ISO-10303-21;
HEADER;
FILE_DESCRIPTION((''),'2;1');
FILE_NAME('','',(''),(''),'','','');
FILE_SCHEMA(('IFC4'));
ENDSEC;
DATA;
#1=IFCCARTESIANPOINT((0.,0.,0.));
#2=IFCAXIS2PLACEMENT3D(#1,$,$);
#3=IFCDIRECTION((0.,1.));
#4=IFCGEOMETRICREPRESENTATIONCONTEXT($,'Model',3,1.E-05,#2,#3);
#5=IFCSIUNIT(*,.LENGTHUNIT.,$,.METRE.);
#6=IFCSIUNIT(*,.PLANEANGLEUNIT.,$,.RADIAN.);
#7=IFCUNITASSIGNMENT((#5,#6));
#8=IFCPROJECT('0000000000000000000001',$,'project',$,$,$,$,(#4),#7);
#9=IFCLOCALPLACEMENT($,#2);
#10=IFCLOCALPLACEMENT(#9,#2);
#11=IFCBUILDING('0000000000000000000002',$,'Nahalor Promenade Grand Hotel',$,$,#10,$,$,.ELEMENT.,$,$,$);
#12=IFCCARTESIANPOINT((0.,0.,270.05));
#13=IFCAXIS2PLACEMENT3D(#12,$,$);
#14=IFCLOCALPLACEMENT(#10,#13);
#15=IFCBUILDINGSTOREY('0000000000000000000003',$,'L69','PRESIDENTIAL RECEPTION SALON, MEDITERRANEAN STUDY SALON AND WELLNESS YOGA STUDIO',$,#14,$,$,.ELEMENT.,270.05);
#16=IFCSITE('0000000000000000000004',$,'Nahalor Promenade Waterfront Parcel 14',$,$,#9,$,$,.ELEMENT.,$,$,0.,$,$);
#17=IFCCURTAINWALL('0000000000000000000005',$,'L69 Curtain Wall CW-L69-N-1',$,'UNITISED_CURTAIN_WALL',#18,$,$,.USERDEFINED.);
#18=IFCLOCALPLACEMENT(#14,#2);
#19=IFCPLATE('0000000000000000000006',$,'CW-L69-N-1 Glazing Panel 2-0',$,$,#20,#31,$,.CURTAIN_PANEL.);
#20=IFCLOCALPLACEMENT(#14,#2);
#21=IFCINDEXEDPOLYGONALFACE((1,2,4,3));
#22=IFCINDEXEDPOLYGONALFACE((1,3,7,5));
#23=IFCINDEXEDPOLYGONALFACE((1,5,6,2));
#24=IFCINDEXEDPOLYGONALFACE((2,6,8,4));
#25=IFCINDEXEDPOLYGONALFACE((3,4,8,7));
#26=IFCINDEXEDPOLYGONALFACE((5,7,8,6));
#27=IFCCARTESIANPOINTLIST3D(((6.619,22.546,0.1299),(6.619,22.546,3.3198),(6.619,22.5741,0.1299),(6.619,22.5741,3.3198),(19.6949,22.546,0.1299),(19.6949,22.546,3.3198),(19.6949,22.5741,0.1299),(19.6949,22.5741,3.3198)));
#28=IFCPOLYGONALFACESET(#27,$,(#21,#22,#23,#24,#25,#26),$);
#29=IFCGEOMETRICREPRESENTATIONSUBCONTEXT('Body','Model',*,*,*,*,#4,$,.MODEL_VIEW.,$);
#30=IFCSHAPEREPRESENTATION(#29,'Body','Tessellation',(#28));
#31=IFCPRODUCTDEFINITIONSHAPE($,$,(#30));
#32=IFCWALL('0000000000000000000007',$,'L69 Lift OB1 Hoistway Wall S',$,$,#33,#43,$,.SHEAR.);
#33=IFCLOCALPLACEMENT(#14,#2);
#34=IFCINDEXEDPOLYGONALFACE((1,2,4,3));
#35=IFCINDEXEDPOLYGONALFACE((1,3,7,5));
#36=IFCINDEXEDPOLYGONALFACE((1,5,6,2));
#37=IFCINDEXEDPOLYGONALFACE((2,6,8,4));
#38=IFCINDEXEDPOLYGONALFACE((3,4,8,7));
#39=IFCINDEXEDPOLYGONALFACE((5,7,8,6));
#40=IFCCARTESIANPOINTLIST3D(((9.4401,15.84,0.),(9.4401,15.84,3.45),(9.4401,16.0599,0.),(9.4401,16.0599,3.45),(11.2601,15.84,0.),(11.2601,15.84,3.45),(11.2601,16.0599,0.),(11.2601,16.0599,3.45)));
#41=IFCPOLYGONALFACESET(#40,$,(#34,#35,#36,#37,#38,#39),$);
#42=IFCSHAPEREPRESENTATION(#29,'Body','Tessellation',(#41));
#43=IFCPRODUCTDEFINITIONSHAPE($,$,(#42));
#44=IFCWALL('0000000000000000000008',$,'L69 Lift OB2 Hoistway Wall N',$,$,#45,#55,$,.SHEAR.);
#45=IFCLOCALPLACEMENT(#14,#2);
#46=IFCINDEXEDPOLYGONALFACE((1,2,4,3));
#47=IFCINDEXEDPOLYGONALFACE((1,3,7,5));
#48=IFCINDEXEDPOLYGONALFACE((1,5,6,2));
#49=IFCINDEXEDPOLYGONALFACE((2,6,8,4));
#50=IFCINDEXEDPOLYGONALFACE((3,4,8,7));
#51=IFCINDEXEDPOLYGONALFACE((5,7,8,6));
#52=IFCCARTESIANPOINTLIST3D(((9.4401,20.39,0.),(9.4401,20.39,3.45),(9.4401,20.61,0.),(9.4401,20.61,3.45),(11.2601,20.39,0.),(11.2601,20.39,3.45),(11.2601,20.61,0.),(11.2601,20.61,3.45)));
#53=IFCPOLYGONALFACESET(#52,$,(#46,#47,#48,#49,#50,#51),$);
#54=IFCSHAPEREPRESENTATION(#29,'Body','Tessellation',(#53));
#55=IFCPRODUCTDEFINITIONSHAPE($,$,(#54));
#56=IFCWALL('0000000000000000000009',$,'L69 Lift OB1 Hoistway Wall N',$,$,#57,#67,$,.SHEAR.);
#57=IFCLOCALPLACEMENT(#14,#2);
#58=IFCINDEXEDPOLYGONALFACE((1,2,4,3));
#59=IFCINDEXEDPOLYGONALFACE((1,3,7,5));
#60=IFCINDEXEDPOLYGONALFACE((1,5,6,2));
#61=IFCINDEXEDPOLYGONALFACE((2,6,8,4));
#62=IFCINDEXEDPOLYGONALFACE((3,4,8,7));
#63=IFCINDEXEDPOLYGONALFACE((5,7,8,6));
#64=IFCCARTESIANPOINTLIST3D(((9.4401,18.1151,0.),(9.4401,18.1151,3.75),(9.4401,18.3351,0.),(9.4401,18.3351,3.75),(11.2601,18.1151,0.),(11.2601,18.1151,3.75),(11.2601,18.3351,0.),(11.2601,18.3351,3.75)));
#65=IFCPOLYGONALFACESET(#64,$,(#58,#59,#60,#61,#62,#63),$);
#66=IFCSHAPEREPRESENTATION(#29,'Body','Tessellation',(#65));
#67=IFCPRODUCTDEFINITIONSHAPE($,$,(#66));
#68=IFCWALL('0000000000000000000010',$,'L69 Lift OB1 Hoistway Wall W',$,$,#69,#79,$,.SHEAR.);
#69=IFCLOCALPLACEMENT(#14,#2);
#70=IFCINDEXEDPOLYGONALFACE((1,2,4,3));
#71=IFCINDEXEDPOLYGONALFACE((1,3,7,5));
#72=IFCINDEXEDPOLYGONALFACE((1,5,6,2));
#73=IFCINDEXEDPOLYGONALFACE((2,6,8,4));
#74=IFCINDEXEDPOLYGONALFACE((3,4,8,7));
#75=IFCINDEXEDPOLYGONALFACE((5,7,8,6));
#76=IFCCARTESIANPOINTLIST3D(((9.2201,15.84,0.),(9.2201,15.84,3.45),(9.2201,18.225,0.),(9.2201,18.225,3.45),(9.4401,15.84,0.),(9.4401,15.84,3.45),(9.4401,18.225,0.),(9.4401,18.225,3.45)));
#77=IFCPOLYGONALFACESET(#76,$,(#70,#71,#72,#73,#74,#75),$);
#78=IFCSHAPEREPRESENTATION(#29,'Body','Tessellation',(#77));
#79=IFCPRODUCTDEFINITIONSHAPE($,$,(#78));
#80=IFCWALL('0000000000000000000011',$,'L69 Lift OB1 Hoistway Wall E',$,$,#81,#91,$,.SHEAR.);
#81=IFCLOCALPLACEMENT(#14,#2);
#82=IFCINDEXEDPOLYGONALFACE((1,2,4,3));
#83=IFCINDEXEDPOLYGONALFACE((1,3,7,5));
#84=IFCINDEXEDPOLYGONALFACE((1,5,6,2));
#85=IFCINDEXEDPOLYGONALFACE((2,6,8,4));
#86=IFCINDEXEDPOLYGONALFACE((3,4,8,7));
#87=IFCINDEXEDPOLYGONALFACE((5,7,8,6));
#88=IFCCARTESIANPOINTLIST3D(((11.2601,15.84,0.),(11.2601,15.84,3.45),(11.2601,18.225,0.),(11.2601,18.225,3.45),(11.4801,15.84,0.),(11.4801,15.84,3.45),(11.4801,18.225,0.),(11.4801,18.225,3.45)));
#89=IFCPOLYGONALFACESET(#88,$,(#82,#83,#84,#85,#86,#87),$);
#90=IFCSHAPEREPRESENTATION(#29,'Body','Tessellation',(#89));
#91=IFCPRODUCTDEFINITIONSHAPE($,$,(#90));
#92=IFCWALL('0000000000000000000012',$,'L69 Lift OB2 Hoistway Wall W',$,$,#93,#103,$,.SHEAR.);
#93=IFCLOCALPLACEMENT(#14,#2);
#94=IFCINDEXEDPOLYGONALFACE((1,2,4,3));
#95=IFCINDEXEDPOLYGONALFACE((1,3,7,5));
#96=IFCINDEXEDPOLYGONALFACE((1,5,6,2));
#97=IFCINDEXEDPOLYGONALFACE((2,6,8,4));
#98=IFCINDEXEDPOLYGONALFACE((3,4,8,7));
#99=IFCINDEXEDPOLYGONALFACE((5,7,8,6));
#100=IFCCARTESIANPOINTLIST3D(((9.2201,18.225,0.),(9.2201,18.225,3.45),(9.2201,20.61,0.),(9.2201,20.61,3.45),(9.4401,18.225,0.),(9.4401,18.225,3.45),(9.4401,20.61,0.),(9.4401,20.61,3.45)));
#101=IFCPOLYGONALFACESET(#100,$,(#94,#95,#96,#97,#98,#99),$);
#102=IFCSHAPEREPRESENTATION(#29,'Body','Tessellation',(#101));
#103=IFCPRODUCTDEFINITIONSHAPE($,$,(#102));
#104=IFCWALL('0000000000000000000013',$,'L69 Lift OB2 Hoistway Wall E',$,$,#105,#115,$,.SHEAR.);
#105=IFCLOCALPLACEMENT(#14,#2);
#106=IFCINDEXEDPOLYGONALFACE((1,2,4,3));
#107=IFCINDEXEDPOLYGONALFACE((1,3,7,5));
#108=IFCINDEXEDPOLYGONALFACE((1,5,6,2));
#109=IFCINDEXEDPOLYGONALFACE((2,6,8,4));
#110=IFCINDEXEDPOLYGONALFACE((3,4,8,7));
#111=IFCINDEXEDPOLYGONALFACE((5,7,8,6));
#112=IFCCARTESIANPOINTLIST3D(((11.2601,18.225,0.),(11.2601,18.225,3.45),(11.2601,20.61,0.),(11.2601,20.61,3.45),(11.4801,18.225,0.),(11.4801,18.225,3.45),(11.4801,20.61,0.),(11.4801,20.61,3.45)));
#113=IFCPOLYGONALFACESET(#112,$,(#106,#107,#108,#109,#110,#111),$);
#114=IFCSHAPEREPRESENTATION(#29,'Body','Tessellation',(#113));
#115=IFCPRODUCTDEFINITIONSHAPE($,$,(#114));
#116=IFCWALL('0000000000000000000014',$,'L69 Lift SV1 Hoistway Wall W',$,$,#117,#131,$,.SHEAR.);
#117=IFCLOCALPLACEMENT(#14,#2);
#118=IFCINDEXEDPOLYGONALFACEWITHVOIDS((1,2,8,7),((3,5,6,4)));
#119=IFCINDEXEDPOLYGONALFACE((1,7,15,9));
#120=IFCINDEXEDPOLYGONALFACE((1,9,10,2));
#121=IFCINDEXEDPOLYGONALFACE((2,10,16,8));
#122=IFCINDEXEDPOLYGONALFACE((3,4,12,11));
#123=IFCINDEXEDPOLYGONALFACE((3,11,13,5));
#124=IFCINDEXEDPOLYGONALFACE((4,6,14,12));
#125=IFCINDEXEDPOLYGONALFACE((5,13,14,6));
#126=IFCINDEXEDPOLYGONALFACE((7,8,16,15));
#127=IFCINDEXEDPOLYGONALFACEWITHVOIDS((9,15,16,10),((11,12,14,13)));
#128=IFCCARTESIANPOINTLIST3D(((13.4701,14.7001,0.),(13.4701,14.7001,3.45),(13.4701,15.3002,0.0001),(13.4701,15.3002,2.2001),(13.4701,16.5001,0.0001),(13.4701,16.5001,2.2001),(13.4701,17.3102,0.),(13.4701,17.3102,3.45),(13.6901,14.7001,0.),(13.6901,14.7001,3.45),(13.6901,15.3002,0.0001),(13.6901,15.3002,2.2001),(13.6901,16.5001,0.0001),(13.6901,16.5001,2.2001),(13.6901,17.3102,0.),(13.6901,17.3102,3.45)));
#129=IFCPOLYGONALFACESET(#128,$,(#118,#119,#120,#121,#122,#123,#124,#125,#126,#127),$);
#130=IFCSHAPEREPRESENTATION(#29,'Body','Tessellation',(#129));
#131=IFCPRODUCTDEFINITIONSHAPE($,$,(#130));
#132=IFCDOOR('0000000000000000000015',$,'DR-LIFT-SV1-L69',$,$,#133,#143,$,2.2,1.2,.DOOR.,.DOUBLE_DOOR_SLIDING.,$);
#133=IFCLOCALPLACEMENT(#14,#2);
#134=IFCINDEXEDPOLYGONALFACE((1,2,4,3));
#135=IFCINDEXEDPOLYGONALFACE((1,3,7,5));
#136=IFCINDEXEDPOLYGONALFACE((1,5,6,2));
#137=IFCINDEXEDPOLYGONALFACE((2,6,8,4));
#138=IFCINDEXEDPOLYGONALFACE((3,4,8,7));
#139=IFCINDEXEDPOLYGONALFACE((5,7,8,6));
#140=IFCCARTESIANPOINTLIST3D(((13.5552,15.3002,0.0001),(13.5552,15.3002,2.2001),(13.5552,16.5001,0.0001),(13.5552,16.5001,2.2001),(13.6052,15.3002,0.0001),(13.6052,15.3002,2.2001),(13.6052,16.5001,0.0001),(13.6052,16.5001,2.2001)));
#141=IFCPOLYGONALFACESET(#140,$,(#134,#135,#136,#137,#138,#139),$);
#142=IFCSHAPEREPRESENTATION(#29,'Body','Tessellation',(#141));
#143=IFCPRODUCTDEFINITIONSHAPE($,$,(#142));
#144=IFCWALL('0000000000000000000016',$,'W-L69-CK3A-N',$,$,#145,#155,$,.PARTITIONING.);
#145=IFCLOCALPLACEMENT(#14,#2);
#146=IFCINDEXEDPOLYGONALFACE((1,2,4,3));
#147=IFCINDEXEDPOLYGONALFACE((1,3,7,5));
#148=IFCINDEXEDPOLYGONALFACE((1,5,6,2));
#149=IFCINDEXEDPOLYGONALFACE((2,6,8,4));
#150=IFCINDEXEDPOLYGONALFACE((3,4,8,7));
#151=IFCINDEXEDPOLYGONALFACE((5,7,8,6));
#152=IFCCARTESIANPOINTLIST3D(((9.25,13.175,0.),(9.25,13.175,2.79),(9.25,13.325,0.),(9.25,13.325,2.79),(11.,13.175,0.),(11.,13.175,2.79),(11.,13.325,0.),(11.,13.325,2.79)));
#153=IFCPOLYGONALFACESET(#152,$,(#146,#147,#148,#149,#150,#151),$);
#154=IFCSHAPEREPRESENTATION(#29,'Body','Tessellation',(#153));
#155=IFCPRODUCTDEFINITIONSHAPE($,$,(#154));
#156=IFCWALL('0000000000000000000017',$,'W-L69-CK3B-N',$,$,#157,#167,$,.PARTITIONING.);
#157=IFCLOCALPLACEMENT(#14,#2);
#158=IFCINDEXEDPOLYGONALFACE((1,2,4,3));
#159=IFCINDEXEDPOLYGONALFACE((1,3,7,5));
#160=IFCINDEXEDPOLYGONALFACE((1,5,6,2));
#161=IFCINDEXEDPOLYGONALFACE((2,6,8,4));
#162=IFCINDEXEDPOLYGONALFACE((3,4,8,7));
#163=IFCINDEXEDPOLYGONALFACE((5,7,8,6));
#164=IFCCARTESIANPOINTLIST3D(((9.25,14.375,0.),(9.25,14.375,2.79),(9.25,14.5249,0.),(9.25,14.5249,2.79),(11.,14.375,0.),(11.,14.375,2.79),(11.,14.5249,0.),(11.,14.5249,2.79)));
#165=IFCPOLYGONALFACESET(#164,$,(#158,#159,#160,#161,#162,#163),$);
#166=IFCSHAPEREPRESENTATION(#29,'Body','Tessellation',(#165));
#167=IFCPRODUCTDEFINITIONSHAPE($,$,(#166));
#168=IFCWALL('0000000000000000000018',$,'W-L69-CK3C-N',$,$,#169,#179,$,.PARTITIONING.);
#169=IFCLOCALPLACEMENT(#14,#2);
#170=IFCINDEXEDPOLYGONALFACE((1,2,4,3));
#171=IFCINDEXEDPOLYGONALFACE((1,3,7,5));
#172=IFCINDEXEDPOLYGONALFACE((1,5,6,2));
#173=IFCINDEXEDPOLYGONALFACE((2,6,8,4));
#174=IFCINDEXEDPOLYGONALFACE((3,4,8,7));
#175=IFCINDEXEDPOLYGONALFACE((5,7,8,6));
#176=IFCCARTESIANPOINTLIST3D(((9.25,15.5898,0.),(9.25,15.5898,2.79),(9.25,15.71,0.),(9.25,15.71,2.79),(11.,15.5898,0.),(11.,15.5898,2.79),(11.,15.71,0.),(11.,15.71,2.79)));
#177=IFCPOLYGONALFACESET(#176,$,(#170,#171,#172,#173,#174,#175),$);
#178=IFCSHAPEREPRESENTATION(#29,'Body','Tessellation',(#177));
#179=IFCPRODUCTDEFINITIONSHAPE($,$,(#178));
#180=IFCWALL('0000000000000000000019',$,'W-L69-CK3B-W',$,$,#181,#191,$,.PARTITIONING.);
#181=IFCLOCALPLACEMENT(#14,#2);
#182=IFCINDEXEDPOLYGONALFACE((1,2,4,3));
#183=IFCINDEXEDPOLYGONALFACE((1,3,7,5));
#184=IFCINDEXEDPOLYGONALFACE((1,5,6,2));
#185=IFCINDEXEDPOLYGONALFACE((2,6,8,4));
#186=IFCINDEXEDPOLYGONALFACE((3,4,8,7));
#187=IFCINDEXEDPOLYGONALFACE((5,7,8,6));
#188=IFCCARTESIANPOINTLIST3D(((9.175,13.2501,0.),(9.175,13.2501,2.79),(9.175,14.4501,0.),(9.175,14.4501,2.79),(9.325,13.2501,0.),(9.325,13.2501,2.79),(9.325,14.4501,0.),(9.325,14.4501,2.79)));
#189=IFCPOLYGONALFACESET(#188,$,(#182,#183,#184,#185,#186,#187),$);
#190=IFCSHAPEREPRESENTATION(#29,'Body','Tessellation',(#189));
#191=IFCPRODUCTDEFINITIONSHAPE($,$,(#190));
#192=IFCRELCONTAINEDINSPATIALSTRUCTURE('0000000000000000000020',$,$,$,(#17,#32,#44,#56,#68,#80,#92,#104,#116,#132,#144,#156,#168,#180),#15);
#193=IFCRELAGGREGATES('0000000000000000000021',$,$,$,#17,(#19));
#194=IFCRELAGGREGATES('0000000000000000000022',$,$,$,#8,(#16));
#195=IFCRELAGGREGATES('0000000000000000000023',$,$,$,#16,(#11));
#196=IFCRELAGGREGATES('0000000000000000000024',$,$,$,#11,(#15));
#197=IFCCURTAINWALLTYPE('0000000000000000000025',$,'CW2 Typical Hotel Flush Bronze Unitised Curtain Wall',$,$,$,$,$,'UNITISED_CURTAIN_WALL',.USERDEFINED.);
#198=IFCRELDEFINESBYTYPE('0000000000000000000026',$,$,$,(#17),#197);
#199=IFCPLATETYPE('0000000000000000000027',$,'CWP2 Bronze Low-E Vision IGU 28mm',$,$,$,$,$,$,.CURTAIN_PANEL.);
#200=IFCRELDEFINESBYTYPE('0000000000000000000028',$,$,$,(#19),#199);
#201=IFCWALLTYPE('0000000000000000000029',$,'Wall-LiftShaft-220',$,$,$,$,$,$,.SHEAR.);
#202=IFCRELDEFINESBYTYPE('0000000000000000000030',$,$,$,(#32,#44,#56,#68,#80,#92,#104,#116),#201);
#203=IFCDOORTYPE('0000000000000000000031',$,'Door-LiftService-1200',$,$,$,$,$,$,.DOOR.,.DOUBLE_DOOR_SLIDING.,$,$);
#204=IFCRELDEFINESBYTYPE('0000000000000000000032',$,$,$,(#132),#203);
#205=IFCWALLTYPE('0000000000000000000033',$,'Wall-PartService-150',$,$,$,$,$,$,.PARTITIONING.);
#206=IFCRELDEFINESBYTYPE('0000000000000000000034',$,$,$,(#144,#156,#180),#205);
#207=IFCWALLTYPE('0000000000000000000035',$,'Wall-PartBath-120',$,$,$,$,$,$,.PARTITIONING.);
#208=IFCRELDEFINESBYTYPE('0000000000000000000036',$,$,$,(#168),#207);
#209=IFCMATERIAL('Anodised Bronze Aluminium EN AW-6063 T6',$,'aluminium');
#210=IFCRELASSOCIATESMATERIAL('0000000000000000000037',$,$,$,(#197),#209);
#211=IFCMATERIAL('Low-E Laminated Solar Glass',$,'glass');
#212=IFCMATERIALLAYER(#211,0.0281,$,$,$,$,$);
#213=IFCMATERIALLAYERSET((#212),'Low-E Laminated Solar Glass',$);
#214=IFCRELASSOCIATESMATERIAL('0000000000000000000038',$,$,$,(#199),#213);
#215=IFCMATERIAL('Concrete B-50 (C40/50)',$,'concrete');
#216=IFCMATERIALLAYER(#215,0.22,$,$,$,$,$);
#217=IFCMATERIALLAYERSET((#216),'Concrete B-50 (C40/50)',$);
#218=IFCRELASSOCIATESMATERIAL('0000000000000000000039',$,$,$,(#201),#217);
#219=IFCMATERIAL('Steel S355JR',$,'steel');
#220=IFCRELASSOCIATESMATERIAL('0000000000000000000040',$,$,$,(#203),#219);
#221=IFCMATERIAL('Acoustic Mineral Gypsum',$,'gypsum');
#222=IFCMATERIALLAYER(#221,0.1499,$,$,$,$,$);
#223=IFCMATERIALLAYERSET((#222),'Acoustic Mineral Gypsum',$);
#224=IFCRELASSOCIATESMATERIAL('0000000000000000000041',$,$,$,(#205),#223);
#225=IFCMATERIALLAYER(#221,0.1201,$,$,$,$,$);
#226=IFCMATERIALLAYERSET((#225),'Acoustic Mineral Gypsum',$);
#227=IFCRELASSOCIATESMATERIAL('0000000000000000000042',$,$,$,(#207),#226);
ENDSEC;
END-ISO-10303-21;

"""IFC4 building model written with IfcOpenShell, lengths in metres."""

from ifc_helpers import new_model, si_unit, direction, frame, frame_2d, origin, origin_2d, place, context, subcontext, project, spatial, rectangle, extrude, source, transform, mapped, material, layer, layer_set, type_object, element, fill, aggregate, save


model = new_model("IFC4")

# Units and contexts
model_context = context("Model", 3, precision=1e-05, world=origin(), true_north=direction((0.0, 1.0)))
body_context = subcontext(model_context, "Body", "Model", "MODEL_VIEW")
ifc_project = project(units=[si_unit("LENGTHUNIT", "METRE"), si_unit("PLANEANGLEUNIT", "RADIAN")], contexts=[model_context])

# Site, building, storey
site_placement = place(None, origin())
site = spatial("IfcSite", under=ifc_project, at=site_placement, Name="Nahalor Promenade Waterfront Parcel 14", CompositionType="ELEMENT", RefElevation=0.0)
building_placement = place(site_placement, origin())
building = spatial("IfcBuilding", under=site, at=building_placement, Name="Nahalor Promenade Grand Hotel", CompositionType="ELEMENT")
storey_placement = place(building_placement, frame((0.0, 0.0, 270.05)))
storey = spatial("IfcBuildingStorey", under=building, at=storey_placement, Name="L69", Description="PRESIDENTIAL RECEPTION SALON, MEDITERRANEAN STUDY SALON AND WELLNESS YOGA STUDIO", CompositionType="ELEMENT", Elevation=270.05)

# Shared definitions
ifc_material_1 = material(Name="Concrete B-50 (C40/50)", Category="concrete")
ifc_material_2 = material(Name="Steel S355JR", Category="steel")

# Curtain wall, plate
ifc_material_3 = material(Name="Anodised Bronze Aluminium EN AW-6063 T6", Category="aluminium")
curtain_wall_type = type_object("IfcCurtainWallType", Name="CW2 Typical Hotel Flush Bronze Unitised Curtain Wall", ElementType="UNITISED_CURTAIN_WALL", PredefinedType="USERDEFINED", material=ifc_material_3)
curtain_wall_placement = place(storey_placement, origin())
curtain_wall = element("IfcCurtainWall", 1, at=curtain_wall_placement, inside=storey, type_object=curtain_wall_type, Name="L69 Curtain Wall CW-L69-N-1", ObjectType="UNITISED_CURTAIN_WALL", PredefinedType="USERDEFINED")
ifc_material_4 = material(Name="Low-E Laminated Solar Glass", Category="glass")
ifc_layer_1 = layer(ifc_material_4, 0.0281)
ifc_layer_set_1 = layer_set([ifc_layer_1], Name="Low-E Laminated Solar Glass")
plate_type = type_object("IfcPlateType", Name="CWP2 Bronze Low-E Vision IGU 28mm", PredefinedType="CURTAIN_PANEL", material=ifc_layer_set_1)
shared_shape_1 = source(origin(), body_context, "Body", "SweptSolid", [
    extrude(rectangle(XDim=13.0759, YDim=0.0281, at=origin_2d()), origin(), (0.0, 0.0, 1.0), 3.1899),
])
plate_placement = place(storey_placement, frame((13.157, 22.5601, 0.1299), z_axis=(0.0, 0.0, 1.0), x_axis=(1.0, 0.0, 0.0)))
plate = element("IfcPlate", 2, at=plate_placement, type_object=plate_type, Name="CW-L69-N-1 Glazing Panel 2-0", PredefinedType="CURTAIN_PANEL", context=body_context, shape_type="MappedRepresentation", body=[
    mapped(shared_shape_1, transform((0.0, 0.0, 0.0), scale=1.0)),
])
aggregate(curtain_wall, [plate])

# Walls
ifc_layer_2 = layer(ifc_material_1, 0.22)
ifc_layer_set_2 = layer_set([ifc_layer_2], Name="Concrete B-50 (C40/50)")
wall_type_1 = type_object("IfcWallType", Name="Wall-LiftShaft-220", PredefinedType="SHEAR", material=ifc_layer_set_2)
shared_shape_2 = source(origin(), body_context, "Body", "SweptSolid", [
    extrude(rectangle(XDim=1.8201, YDim=0.22, at=frame_2d((0.9102, 0.0))), origin(), (0.0, 0.0, 1.0), 3.45),
])
for number, where, z_axis, x_axis, name in (
    (3, (9.4399, 15.95, 0.0), (0.0, 0.0, 1.0), (1.0, 0.0, 0.0), "L69 Lift OB1 Hoistway Wall S"),
    (4, (9.4399, 20.5, 0.0), (0.0, 0.0, 1.0), (1.0, 0.0, 0.0), "L69 Lift OB2 Hoistway Wall N"),
):
    element("IfcWall", number, at=place(storey_placement, frame(where, z_axis=z_axis, x_axis=x_axis)), inside=storey, type_object=wall_type_1, Name=name, PredefinedType="SHEAR", context=body_context, shape_type="MappedRepresentation", body=[
        mapped(shared_shape_2, transform((0.0, 0.0, 0.0), scale=1.0)),
    ])
shared_shape_3 = source(origin(), body_context, "Body", "SweptSolid", [
    extrude(rectangle(XDim=1.8201, YDim=0.22, at=frame_2d((0.9102, 0.0))), origin(), (0.0, 0.0, 1.0), 3.75),
])
wall_1_placement = place(storey_placement, frame((9.4399, 18.2251, 0.0), z_axis=(0.0, 0.0, 1.0), x_axis=(1.0, 0.0, 0.0)))
element("IfcWall", 5, at=wall_1_placement, inside=storey, type_object=wall_type_1, Name="L69 Lift OB1 Hoistway Wall N", PredefinedType="SHEAR", context=body_context, shape_type="MappedRepresentation", body=[
    mapped(shared_shape_3, transform((0.0, 0.0, 0.0), scale=1.0)),
])
shared_shape_4 = source(origin(), body_context, "Body", "SweptSolid", [
    extrude(rectangle(XDim=2.385, YDim=0.22, at=frame_2d((1.1924, 0.0))), origin(), (0.0, 0.0, 1.0), 3.45),
])
for number, where, z_axis, x_axis, name in (
    (6, (9.3301, 15.8401, 0.0), (0.0, 0.0, 1.0), (0.0, 1.0, 0.0), "L69 Lift OB1 Hoistway Wall W"),
    (7, (11.3701, 15.8401, 0.0), (0.0, 0.0, 1.0), (0.0, 1.0, 0.0), "L69 Lift OB1 Hoistway Wall E"),
    (8, (9.3301, 18.2251, 0.0), (0.0, 0.0, 1.0), (0.0, 1.0, 0.0), "L69 Lift OB2 Hoistway Wall W"),
    (9, (11.3701, 18.2251, 0.0), (0.0, 0.0, 1.0), (0.0, 1.0, 0.0), "L69 Lift OB2 Hoistway Wall E"),
):
    element("IfcWall", number, at=place(storey_placement, frame(where, z_axis=z_axis, x_axis=x_axis)), inside=storey, type_object=wall_type_1, Name=name, PredefinedType="SHEAR", context=body_context, shape_type="MappedRepresentation", body=[
        mapped(shared_shape_4, transform((0.0, 0.0, 0.0), scale=1.0)),
    ])

# Wall, opening, door
shared_shape_5 = source(origin(), body_context, "Body", "SweptSolid", [
    extrude(rectangle(XDim=2.6101, YDim=0.22, at=frame_2d((1.3052, 0.0))), origin(), (0.0, 0.0, 1.0), 3.45),
])
wall_2_placement = place(storey_placement, frame((13.5801, 14.7, 0.0), z_axis=(0.0, 0.0, 1.0), x_axis=(0.0, 1.0, 0.0)))
wall_2 = element("IfcWall", 10, at=wall_2_placement, inside=storey, type_object=wall_type_1, Name="L69 Lift SV1 Hoistway Wall W", PredefinedType="SHEAR", context=body_context, shape_type="MappedRepresentation", body=[
    mapped(shared_shape_5, transform((0.0, 0.0, 0.0), scale=1.0)),
])
opening_1_placement = place(wall_2_placement, frame((0.6001, 0.0, 0.0)))
opening_1 = element("IfcOpeningElement", 11, at=opening_1_placement, cuts=wall_2, PredefinedType="OPENING", context=body_context, shape_type="SweptSolid", body=[
    extrude(rectangle(XDim=1.2, YDim=2.2, at=frame_2d((0.6001, 1.1001))), frame((0.0, 0.1199, 0.0), z_axis=(0.0, -1.0, 0.0), x_axis=(1.0, 0.0, 0.0)), (0.0, 0.0, 1.0), 0.24),
])
door_type_1 = type_object("IfcDoorType", Name="Door-LiftService-1200", OperationType="DOUBLE_DOOR_SLIDING", PredefinedType="DOOR", material=ifc_material_2)
shared_shape_6 = source(origin(), body_context, "Body", "SweptSolid", [
    extrude(rectangle(XDim=1.2, YDim=2.2, at=frame_2d((0.6001, 1.1001))), frame((0.0, 0.0249, 0.0), z_axis=(0.0, -1.0, 0.0), x_axis=(1.0, 0.0, 0.0)), (0.0, 0.0, 1.0), 0.05),
])
door_1_placement = place(opening_1_placement, origin())
door_1 = element("IfcDoor", 12, at=door_1_placement, inside=storey, type_object=door_type_1, Name="DR-LIFT-SV1-L69", OperationType="DOUBLE_DOOR_SLIDING", OverallHeight=2.2, OverallWidth=1.2, PredefinedType="DOOR", context=body_context, shape_type="MappedRepresentation", body=[
    mapped(shared_shape_6, transform((0.0, 0.0, 0.0), scale=1.0)),
])
fill(opening_1, door_1)

# Walls
ifc_material_5 = material(Name="Acoustic Mineral Gypsum", Category="gypsum")
ifc_layer_3 = layer(ifc_material_5, 0.1499)
ifc_layer_set_3 = layer_set([ifc_layer_3], Name="Acoustic Mineral Gypsum")
wall_type_2 = type_object("IfcWallType", Name="Wall-PartService-150", PredefinedType="PARTITIONING", material=ifc_layer_set_3)
shared_shape_7 = source(origin(), body_context, "Body", "SweptSolid", [
    extrude(rectangle(XDim=1.75, YDim=0.1499, at=frame_2d((0.875, 0.0))), origin(), (0.0, 0.0, 1.0), 2.79),
])
for number, where, z_axis, x_axis, name in (
    (13, (9.25, 13.25, 0.0), (0.0, 0.0, 1.0), (1.0, 0.0, 0.0), "W-L69-CK3A-N"),
    (14, (9.25, 14.45, 0.0), (0.0, 0.0, 1.0), (1.0, 0.0, 0.0), "W-L69-CK3B-N"),
):
    element("IfcWall", number, at=place(storey_placement, frame(where, z_axis=z_axis, x_axis=x_axis)), inside=storey, type_object=wall_type_2, Name=name, PredefinedType="PARTITIONING", context=body_context, shape_type="MappedRepresentation", body=[
        mapped(shared_shape_7, transform((0.0, 0.0, 0.0), scale=1.0)),
    ])
ifc_layer_4 = layer(ifc_material_5, 0.1201)
ifc_layer_set_4 = layer_set([ifc_layer_4], Name="Acoustic Mineral Gypsum")
wall_type_3 = type_object("IfcWallType", Name="Wall-PartBath-120", PredefinedType="PARTITIONING", material=ifc_layer_set_4)
shared_shape_8 = source(origin(), body_context, "Body", "SweptSolid", [
    extrude(rectangle(XDim=1.75, YDim=0.1201, at=frame_2d((0.875, 0.0))), origin(), (0.0, 0.0, 1.0), 2.79),
])
wall_3_placement = place(storey_placement, frame((9.25, 15.6499, 0.0), z_axis=(0.0, 0.0, 1.0), x_axis=(1.0, 0.0, 0.0)))
element("IfcWall", 15, at=wall_3_placement, inside=storey, type_object=wall_type_3, Name="W-L69-CK3C-N", PredefinedType="PARTITIONING", context=body_context, shape_type="MappedRepresentation", body=[
    mapped(shared_shape_8, transform((0.0, 0.0, 0.0), scale=1.0)),
])
shared_shape_9 = source(origin(), body_context, "Body", "SweptSolid", [
    extrude(rectangle(XDim=1.2, YDim=0.1499, at=frame_2d((0.6001, 0.0))), origin(), (0.0, 0.0, 1.0), 2.79),
])
wall_4_placement = place(storey_placement, frame((9.25, 13.25, 0.0), z_axis=(0.0, 0.0, 1.0), x_axis=(0.0, 1.0, 0.0)))
element("IfcWall", 16, at=wall_4_placement, inside=storey, type_object=wall_type_2, Name="W-L69-CK3B-W", PredefinedType="PARTITIONING", context=body_context, shape_type="MappedRepresentation", body=[
    mapped(shared_shape_9, transform((0.0, 0.0, 0.0), scale=1.0)),
])

save(model, "model.ifc")
